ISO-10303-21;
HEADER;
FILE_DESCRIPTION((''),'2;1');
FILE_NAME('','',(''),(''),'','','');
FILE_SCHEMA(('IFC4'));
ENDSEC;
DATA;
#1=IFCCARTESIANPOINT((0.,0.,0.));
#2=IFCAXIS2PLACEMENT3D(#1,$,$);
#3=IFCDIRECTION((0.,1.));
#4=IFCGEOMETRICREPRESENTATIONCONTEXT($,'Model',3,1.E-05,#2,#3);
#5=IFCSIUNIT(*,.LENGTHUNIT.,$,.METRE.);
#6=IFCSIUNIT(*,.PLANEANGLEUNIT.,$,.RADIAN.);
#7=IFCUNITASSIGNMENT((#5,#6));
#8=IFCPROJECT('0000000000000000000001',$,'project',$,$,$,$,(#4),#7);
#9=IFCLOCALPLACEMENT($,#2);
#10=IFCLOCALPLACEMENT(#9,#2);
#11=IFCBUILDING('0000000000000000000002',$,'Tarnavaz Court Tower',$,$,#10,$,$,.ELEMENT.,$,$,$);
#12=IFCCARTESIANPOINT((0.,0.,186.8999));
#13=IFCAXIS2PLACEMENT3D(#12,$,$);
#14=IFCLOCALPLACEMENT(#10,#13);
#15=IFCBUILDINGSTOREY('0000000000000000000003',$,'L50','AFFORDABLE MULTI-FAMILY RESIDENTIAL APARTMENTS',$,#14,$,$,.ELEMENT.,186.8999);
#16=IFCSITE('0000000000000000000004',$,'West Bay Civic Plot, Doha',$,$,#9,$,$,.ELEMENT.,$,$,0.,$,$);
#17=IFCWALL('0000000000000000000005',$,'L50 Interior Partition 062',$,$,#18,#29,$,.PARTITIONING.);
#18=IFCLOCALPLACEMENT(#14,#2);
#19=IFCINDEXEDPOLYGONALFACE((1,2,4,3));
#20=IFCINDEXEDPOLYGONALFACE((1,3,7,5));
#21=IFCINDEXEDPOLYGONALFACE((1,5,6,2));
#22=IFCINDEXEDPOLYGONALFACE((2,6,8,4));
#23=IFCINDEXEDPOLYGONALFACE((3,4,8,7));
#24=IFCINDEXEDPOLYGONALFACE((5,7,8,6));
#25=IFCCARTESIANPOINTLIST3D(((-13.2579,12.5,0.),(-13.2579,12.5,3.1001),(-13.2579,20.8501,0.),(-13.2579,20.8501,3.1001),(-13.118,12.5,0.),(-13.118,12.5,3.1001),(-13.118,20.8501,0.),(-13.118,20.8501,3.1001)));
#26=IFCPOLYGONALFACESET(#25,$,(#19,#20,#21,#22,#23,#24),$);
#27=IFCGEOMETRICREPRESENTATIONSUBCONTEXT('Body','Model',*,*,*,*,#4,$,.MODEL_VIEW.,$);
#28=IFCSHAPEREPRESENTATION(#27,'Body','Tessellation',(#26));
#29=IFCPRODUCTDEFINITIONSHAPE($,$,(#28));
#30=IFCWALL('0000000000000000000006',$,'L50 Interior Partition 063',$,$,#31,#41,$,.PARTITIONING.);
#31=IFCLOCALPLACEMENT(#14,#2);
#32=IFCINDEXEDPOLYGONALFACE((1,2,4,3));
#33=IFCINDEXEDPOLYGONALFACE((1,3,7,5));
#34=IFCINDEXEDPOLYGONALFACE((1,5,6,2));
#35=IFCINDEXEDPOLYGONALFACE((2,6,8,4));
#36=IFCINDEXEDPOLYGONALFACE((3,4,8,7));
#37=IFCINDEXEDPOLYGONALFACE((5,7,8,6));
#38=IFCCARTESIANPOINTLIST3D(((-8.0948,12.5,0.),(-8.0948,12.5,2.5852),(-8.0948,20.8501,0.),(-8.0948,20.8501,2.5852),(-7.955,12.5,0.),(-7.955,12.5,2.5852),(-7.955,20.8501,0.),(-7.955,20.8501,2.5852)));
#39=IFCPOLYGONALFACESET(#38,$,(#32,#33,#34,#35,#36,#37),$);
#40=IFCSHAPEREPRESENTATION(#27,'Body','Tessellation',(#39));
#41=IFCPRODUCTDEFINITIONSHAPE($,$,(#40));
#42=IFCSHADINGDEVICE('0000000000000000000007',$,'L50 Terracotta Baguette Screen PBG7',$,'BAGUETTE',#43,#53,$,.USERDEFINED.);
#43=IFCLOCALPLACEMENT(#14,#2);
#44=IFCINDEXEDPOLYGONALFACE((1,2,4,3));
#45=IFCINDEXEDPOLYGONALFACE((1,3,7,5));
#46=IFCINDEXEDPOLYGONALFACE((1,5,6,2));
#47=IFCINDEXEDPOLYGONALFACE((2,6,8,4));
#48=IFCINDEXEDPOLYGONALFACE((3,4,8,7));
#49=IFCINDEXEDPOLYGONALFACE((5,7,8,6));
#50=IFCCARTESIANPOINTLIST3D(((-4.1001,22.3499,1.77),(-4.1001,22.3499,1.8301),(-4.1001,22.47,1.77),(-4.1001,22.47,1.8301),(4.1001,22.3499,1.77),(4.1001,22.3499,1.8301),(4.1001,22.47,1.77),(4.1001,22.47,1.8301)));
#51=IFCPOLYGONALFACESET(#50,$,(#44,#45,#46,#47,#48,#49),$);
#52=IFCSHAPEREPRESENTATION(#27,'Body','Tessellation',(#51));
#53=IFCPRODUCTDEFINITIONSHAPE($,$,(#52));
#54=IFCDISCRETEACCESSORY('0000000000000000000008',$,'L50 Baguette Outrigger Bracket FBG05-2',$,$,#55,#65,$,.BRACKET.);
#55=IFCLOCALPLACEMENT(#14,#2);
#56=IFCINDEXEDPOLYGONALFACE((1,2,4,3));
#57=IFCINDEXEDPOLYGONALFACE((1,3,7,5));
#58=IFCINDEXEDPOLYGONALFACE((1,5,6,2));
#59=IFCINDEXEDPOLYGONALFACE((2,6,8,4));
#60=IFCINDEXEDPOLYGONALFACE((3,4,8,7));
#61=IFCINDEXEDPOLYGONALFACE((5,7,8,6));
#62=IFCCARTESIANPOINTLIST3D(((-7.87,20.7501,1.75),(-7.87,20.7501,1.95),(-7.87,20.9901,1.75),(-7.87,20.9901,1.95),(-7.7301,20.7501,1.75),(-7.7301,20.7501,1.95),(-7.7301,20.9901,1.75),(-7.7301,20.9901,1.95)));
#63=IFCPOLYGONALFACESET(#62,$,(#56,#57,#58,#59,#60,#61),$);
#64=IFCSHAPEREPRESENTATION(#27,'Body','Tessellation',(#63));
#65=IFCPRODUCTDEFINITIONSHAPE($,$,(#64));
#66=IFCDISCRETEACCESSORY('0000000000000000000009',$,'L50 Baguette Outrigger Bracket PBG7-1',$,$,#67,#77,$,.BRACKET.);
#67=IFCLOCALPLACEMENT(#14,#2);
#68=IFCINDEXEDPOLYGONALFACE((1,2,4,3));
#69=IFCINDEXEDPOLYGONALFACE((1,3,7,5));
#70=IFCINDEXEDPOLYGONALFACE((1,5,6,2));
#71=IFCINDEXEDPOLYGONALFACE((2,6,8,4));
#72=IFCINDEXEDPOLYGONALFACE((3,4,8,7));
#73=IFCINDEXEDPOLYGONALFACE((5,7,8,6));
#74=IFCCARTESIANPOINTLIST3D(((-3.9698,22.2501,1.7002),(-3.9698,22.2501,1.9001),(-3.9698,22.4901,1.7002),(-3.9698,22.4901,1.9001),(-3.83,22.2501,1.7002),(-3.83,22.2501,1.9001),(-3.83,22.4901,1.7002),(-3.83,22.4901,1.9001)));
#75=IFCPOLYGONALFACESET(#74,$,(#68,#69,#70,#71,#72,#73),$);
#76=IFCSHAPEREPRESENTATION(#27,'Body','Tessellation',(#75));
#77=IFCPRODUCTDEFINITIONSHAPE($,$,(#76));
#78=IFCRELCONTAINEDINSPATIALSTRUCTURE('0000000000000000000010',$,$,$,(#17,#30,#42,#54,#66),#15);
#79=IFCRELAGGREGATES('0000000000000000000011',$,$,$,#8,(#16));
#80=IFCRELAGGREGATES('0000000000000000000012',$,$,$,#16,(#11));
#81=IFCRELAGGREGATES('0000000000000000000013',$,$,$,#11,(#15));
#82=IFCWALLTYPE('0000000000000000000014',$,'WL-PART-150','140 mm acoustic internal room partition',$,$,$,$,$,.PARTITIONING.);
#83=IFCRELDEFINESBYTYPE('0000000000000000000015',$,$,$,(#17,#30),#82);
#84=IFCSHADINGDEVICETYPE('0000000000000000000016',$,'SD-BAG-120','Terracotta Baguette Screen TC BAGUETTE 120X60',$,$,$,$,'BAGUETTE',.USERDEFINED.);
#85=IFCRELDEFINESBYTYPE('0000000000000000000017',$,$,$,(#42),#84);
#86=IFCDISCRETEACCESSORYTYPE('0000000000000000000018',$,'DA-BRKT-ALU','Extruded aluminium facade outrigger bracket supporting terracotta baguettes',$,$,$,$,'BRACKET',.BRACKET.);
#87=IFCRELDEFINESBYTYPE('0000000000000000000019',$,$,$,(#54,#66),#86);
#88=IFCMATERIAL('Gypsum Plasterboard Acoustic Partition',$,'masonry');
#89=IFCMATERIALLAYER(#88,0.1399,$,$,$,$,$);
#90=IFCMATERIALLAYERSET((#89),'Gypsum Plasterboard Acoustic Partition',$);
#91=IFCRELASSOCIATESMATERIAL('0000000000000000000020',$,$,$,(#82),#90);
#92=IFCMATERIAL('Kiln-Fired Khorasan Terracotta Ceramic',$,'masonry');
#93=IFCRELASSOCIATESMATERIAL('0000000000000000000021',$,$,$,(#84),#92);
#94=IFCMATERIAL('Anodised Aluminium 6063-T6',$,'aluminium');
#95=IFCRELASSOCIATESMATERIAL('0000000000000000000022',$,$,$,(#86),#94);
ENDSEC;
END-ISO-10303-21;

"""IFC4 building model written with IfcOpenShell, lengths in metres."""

from ifc_helpers import new_model, si_unit, direction, frame, frame_2d, origin, origin_2d, place, context, subcontext, project, spatial, rectangle, extrude, material, layer, layer_set, material_profile, profile_set, type_object, element, save


model = new_model("IFC4")

# Units and contexts
model_context = context("Model", 3, precision=1e-05, world=origin(), true_north=direction((0.0, 1.0)))
body_context = subcontext(model_context, "Body", "Model", "MODEL_VIEW")
ifc_project = project(units=[si_unit("LENGTHUNIT", "METRE"), si_unit("PLANEANGLEUNIT", "RADIAN")], contexts=[model_context])

# Site, building, storey
site_placement = place(None, origin())
site = spatial("IfcSite", under=ifc_project, at=site_placement, Name="West Bay Civic Plot, Doha", CompositionType="ELEMENT", RefElevation=0.0)
building_placement = place(site_placement, origin())
building = spatial("IfcBuilding", under=site, at=building_placement, Name="Tarnavaz Court Tower", CompositionType="ELEMENT")
storey_placement = place(building_placement, frame((0.0, 0.0, 186.8999)))
storey = spatial("IfcBuildingStorey", under=building, at=storey_placement, Name="L50", Description="AFFORDABLE MULTI-FAMILY RESIDENTIAL APARTMENTS", CompositionType="ELEMENT", Elevation=186.8999)

# Shared definitions
ifc_material_1 = material(Name="Anodised Aluminium 6063-T6", Category="aluminium")

# Shared definitions
ifc_material_2 = material(Name="Gypsum Plasterboard Acoustic Partition", Category="masonry")
ifc_layer_1 = layer(ifc_material_2, 0.1399)
ifc_layer_set_1 = layer_set([ifc_layer_1], Name="Gypsum Plasterboard Acoustic Partition")
wall_type_1 = type_object("IfcWallType", Name="WL-PART-150", Description="140 mm acoustic internal room partition", PredefinedType="PARTITIONING", material=ifc_layer_set_1)

# Walls
wall_1_placement = place(storey_placement, frame((-13.188, 12.5, 0.0), z_axis=(0.0, 0.0, 1.0), x_axis=(0.0, 1.0, 0.0)))
element("IfcWall", 1, at=wall_1_placement, inside=storey, type_object=wall_type_1, Name="L50 Interior Partition 062", PredefinedType="PARTITIONING", context=body_context, shape_type="SweptSolid", body=[
    extrude(rectangle(XDim=8.3501, YDim=0.1399, at=frame_2d((4.175, 0.0))), origin(), (0.0, 0.0, 1.0), 3.1001),
])
wall_2_placement = place(storey_placement, frame((-8.0249, 12.5, 0.0), z_axis=(0.0, 0.0, 1.0), x_axis=(0.0, 1.0, 0.0)))
element("IfcWall", 2, at=wall_2_placement, inside=storey, type_object=wall_type_1, Name="L50 Interior Partition 063", PredefinedType="PARTITIONING", context=body_context, shape_type="SweptSolid", body=[
    extrude(rectangle(XDim=8.3501, YDim=0.1399, at=frame_2d((4.175, 0.0))), origin(), (0.0, 0.0, 1.0), 2.5852),
])

# Shading device
ifc_material_3 = material(Name="Kiln-Fired Khorasan Terracotta Ceramic", Category="masonry")
ifc_material_profile_1 = material_profile(ifc_material_3, rectangle(XDim=0.1201, YDim=0.0601, at=origin_2d()), Name="TC BAGUETTE 120X60")
ifc_profile_set_1 = profile_set([ifc_material_profile_1], Name="Kiln-Fired Khorasan Terracotta Ceramic")
shading_device_type = type_object("IfcShadingDeviceType", Name="SD-BAG-120", Description="Terracotta Baguette Screen TC BAGUETTE 120X60", ElementType="BAGUETTE", PredefinedType="USERDEFINED", material=ifc_profile_set_1)
shading_device_placement = place(storey_placement, frame((-4.1001, 22.4099, 1.8), z_axis=(1.0, 0.0, 0.0), x_axis=(0.0, 1.0, 0.0)))
element("IfcShadingDevice", 3, at=shading_device_placement, inside=storey, type_object=shading_device_type, Name="L50 Terracotta Baguette Screen PBG7", ObjectType="BAGUETTE", PredefinedType="USERDEFINED", context=body_context, shape_type="SweptSolid", body=[
    extrude(rectangle(XDim=0.1201, YDim=0.0601, at=origin_2d()), origin(), (0.0, 0.0, 1.0), 8.2002),
])

# Discrete accessories
discrete_accessory_type = type_object("IfcDiscreteAccessoryType", Name="DA-BRKT-ALU", Description="Extruded aluminium facade outrigger bracket supporting terracotta baguettes", ElementType="BRACKET", PredefinedType="BRACKET", material=ifc_material_1)
for number, where, z_axis, x_axis, name in (
    (4, (-7.8, 20.8701, 1.75), (0.0, 0.0, 1.0), (1.0, 0.0, 0.0), "L50 Baguette Outrigger Bracket FBG05-2"),
    (5, (-3.8999, 22.3701, 1.7002), (0.0, 0.0, 1.0), (1.0, 0.0, 0.0), "L50 Baguette Outrigger Bracket PBG7-1"),
):
    element("IfcDiscreteAccessory", number, at=place(storey_placement, frame(where, z_axis=z_axis, x_axis=x_axis)), inside=storey, type_object=discrete_accessory_type, Name=name, PredefinedType="BRACKET", context=body_context, shape_type="SweptSolid", body=[
        extrude(rectangle(XDim=0.1399, YDim=0.24, at=origin_2d()), origin(), (0.0, 0.0, 1.0), 0.2),
    ])

save(model, "model.ifc")
